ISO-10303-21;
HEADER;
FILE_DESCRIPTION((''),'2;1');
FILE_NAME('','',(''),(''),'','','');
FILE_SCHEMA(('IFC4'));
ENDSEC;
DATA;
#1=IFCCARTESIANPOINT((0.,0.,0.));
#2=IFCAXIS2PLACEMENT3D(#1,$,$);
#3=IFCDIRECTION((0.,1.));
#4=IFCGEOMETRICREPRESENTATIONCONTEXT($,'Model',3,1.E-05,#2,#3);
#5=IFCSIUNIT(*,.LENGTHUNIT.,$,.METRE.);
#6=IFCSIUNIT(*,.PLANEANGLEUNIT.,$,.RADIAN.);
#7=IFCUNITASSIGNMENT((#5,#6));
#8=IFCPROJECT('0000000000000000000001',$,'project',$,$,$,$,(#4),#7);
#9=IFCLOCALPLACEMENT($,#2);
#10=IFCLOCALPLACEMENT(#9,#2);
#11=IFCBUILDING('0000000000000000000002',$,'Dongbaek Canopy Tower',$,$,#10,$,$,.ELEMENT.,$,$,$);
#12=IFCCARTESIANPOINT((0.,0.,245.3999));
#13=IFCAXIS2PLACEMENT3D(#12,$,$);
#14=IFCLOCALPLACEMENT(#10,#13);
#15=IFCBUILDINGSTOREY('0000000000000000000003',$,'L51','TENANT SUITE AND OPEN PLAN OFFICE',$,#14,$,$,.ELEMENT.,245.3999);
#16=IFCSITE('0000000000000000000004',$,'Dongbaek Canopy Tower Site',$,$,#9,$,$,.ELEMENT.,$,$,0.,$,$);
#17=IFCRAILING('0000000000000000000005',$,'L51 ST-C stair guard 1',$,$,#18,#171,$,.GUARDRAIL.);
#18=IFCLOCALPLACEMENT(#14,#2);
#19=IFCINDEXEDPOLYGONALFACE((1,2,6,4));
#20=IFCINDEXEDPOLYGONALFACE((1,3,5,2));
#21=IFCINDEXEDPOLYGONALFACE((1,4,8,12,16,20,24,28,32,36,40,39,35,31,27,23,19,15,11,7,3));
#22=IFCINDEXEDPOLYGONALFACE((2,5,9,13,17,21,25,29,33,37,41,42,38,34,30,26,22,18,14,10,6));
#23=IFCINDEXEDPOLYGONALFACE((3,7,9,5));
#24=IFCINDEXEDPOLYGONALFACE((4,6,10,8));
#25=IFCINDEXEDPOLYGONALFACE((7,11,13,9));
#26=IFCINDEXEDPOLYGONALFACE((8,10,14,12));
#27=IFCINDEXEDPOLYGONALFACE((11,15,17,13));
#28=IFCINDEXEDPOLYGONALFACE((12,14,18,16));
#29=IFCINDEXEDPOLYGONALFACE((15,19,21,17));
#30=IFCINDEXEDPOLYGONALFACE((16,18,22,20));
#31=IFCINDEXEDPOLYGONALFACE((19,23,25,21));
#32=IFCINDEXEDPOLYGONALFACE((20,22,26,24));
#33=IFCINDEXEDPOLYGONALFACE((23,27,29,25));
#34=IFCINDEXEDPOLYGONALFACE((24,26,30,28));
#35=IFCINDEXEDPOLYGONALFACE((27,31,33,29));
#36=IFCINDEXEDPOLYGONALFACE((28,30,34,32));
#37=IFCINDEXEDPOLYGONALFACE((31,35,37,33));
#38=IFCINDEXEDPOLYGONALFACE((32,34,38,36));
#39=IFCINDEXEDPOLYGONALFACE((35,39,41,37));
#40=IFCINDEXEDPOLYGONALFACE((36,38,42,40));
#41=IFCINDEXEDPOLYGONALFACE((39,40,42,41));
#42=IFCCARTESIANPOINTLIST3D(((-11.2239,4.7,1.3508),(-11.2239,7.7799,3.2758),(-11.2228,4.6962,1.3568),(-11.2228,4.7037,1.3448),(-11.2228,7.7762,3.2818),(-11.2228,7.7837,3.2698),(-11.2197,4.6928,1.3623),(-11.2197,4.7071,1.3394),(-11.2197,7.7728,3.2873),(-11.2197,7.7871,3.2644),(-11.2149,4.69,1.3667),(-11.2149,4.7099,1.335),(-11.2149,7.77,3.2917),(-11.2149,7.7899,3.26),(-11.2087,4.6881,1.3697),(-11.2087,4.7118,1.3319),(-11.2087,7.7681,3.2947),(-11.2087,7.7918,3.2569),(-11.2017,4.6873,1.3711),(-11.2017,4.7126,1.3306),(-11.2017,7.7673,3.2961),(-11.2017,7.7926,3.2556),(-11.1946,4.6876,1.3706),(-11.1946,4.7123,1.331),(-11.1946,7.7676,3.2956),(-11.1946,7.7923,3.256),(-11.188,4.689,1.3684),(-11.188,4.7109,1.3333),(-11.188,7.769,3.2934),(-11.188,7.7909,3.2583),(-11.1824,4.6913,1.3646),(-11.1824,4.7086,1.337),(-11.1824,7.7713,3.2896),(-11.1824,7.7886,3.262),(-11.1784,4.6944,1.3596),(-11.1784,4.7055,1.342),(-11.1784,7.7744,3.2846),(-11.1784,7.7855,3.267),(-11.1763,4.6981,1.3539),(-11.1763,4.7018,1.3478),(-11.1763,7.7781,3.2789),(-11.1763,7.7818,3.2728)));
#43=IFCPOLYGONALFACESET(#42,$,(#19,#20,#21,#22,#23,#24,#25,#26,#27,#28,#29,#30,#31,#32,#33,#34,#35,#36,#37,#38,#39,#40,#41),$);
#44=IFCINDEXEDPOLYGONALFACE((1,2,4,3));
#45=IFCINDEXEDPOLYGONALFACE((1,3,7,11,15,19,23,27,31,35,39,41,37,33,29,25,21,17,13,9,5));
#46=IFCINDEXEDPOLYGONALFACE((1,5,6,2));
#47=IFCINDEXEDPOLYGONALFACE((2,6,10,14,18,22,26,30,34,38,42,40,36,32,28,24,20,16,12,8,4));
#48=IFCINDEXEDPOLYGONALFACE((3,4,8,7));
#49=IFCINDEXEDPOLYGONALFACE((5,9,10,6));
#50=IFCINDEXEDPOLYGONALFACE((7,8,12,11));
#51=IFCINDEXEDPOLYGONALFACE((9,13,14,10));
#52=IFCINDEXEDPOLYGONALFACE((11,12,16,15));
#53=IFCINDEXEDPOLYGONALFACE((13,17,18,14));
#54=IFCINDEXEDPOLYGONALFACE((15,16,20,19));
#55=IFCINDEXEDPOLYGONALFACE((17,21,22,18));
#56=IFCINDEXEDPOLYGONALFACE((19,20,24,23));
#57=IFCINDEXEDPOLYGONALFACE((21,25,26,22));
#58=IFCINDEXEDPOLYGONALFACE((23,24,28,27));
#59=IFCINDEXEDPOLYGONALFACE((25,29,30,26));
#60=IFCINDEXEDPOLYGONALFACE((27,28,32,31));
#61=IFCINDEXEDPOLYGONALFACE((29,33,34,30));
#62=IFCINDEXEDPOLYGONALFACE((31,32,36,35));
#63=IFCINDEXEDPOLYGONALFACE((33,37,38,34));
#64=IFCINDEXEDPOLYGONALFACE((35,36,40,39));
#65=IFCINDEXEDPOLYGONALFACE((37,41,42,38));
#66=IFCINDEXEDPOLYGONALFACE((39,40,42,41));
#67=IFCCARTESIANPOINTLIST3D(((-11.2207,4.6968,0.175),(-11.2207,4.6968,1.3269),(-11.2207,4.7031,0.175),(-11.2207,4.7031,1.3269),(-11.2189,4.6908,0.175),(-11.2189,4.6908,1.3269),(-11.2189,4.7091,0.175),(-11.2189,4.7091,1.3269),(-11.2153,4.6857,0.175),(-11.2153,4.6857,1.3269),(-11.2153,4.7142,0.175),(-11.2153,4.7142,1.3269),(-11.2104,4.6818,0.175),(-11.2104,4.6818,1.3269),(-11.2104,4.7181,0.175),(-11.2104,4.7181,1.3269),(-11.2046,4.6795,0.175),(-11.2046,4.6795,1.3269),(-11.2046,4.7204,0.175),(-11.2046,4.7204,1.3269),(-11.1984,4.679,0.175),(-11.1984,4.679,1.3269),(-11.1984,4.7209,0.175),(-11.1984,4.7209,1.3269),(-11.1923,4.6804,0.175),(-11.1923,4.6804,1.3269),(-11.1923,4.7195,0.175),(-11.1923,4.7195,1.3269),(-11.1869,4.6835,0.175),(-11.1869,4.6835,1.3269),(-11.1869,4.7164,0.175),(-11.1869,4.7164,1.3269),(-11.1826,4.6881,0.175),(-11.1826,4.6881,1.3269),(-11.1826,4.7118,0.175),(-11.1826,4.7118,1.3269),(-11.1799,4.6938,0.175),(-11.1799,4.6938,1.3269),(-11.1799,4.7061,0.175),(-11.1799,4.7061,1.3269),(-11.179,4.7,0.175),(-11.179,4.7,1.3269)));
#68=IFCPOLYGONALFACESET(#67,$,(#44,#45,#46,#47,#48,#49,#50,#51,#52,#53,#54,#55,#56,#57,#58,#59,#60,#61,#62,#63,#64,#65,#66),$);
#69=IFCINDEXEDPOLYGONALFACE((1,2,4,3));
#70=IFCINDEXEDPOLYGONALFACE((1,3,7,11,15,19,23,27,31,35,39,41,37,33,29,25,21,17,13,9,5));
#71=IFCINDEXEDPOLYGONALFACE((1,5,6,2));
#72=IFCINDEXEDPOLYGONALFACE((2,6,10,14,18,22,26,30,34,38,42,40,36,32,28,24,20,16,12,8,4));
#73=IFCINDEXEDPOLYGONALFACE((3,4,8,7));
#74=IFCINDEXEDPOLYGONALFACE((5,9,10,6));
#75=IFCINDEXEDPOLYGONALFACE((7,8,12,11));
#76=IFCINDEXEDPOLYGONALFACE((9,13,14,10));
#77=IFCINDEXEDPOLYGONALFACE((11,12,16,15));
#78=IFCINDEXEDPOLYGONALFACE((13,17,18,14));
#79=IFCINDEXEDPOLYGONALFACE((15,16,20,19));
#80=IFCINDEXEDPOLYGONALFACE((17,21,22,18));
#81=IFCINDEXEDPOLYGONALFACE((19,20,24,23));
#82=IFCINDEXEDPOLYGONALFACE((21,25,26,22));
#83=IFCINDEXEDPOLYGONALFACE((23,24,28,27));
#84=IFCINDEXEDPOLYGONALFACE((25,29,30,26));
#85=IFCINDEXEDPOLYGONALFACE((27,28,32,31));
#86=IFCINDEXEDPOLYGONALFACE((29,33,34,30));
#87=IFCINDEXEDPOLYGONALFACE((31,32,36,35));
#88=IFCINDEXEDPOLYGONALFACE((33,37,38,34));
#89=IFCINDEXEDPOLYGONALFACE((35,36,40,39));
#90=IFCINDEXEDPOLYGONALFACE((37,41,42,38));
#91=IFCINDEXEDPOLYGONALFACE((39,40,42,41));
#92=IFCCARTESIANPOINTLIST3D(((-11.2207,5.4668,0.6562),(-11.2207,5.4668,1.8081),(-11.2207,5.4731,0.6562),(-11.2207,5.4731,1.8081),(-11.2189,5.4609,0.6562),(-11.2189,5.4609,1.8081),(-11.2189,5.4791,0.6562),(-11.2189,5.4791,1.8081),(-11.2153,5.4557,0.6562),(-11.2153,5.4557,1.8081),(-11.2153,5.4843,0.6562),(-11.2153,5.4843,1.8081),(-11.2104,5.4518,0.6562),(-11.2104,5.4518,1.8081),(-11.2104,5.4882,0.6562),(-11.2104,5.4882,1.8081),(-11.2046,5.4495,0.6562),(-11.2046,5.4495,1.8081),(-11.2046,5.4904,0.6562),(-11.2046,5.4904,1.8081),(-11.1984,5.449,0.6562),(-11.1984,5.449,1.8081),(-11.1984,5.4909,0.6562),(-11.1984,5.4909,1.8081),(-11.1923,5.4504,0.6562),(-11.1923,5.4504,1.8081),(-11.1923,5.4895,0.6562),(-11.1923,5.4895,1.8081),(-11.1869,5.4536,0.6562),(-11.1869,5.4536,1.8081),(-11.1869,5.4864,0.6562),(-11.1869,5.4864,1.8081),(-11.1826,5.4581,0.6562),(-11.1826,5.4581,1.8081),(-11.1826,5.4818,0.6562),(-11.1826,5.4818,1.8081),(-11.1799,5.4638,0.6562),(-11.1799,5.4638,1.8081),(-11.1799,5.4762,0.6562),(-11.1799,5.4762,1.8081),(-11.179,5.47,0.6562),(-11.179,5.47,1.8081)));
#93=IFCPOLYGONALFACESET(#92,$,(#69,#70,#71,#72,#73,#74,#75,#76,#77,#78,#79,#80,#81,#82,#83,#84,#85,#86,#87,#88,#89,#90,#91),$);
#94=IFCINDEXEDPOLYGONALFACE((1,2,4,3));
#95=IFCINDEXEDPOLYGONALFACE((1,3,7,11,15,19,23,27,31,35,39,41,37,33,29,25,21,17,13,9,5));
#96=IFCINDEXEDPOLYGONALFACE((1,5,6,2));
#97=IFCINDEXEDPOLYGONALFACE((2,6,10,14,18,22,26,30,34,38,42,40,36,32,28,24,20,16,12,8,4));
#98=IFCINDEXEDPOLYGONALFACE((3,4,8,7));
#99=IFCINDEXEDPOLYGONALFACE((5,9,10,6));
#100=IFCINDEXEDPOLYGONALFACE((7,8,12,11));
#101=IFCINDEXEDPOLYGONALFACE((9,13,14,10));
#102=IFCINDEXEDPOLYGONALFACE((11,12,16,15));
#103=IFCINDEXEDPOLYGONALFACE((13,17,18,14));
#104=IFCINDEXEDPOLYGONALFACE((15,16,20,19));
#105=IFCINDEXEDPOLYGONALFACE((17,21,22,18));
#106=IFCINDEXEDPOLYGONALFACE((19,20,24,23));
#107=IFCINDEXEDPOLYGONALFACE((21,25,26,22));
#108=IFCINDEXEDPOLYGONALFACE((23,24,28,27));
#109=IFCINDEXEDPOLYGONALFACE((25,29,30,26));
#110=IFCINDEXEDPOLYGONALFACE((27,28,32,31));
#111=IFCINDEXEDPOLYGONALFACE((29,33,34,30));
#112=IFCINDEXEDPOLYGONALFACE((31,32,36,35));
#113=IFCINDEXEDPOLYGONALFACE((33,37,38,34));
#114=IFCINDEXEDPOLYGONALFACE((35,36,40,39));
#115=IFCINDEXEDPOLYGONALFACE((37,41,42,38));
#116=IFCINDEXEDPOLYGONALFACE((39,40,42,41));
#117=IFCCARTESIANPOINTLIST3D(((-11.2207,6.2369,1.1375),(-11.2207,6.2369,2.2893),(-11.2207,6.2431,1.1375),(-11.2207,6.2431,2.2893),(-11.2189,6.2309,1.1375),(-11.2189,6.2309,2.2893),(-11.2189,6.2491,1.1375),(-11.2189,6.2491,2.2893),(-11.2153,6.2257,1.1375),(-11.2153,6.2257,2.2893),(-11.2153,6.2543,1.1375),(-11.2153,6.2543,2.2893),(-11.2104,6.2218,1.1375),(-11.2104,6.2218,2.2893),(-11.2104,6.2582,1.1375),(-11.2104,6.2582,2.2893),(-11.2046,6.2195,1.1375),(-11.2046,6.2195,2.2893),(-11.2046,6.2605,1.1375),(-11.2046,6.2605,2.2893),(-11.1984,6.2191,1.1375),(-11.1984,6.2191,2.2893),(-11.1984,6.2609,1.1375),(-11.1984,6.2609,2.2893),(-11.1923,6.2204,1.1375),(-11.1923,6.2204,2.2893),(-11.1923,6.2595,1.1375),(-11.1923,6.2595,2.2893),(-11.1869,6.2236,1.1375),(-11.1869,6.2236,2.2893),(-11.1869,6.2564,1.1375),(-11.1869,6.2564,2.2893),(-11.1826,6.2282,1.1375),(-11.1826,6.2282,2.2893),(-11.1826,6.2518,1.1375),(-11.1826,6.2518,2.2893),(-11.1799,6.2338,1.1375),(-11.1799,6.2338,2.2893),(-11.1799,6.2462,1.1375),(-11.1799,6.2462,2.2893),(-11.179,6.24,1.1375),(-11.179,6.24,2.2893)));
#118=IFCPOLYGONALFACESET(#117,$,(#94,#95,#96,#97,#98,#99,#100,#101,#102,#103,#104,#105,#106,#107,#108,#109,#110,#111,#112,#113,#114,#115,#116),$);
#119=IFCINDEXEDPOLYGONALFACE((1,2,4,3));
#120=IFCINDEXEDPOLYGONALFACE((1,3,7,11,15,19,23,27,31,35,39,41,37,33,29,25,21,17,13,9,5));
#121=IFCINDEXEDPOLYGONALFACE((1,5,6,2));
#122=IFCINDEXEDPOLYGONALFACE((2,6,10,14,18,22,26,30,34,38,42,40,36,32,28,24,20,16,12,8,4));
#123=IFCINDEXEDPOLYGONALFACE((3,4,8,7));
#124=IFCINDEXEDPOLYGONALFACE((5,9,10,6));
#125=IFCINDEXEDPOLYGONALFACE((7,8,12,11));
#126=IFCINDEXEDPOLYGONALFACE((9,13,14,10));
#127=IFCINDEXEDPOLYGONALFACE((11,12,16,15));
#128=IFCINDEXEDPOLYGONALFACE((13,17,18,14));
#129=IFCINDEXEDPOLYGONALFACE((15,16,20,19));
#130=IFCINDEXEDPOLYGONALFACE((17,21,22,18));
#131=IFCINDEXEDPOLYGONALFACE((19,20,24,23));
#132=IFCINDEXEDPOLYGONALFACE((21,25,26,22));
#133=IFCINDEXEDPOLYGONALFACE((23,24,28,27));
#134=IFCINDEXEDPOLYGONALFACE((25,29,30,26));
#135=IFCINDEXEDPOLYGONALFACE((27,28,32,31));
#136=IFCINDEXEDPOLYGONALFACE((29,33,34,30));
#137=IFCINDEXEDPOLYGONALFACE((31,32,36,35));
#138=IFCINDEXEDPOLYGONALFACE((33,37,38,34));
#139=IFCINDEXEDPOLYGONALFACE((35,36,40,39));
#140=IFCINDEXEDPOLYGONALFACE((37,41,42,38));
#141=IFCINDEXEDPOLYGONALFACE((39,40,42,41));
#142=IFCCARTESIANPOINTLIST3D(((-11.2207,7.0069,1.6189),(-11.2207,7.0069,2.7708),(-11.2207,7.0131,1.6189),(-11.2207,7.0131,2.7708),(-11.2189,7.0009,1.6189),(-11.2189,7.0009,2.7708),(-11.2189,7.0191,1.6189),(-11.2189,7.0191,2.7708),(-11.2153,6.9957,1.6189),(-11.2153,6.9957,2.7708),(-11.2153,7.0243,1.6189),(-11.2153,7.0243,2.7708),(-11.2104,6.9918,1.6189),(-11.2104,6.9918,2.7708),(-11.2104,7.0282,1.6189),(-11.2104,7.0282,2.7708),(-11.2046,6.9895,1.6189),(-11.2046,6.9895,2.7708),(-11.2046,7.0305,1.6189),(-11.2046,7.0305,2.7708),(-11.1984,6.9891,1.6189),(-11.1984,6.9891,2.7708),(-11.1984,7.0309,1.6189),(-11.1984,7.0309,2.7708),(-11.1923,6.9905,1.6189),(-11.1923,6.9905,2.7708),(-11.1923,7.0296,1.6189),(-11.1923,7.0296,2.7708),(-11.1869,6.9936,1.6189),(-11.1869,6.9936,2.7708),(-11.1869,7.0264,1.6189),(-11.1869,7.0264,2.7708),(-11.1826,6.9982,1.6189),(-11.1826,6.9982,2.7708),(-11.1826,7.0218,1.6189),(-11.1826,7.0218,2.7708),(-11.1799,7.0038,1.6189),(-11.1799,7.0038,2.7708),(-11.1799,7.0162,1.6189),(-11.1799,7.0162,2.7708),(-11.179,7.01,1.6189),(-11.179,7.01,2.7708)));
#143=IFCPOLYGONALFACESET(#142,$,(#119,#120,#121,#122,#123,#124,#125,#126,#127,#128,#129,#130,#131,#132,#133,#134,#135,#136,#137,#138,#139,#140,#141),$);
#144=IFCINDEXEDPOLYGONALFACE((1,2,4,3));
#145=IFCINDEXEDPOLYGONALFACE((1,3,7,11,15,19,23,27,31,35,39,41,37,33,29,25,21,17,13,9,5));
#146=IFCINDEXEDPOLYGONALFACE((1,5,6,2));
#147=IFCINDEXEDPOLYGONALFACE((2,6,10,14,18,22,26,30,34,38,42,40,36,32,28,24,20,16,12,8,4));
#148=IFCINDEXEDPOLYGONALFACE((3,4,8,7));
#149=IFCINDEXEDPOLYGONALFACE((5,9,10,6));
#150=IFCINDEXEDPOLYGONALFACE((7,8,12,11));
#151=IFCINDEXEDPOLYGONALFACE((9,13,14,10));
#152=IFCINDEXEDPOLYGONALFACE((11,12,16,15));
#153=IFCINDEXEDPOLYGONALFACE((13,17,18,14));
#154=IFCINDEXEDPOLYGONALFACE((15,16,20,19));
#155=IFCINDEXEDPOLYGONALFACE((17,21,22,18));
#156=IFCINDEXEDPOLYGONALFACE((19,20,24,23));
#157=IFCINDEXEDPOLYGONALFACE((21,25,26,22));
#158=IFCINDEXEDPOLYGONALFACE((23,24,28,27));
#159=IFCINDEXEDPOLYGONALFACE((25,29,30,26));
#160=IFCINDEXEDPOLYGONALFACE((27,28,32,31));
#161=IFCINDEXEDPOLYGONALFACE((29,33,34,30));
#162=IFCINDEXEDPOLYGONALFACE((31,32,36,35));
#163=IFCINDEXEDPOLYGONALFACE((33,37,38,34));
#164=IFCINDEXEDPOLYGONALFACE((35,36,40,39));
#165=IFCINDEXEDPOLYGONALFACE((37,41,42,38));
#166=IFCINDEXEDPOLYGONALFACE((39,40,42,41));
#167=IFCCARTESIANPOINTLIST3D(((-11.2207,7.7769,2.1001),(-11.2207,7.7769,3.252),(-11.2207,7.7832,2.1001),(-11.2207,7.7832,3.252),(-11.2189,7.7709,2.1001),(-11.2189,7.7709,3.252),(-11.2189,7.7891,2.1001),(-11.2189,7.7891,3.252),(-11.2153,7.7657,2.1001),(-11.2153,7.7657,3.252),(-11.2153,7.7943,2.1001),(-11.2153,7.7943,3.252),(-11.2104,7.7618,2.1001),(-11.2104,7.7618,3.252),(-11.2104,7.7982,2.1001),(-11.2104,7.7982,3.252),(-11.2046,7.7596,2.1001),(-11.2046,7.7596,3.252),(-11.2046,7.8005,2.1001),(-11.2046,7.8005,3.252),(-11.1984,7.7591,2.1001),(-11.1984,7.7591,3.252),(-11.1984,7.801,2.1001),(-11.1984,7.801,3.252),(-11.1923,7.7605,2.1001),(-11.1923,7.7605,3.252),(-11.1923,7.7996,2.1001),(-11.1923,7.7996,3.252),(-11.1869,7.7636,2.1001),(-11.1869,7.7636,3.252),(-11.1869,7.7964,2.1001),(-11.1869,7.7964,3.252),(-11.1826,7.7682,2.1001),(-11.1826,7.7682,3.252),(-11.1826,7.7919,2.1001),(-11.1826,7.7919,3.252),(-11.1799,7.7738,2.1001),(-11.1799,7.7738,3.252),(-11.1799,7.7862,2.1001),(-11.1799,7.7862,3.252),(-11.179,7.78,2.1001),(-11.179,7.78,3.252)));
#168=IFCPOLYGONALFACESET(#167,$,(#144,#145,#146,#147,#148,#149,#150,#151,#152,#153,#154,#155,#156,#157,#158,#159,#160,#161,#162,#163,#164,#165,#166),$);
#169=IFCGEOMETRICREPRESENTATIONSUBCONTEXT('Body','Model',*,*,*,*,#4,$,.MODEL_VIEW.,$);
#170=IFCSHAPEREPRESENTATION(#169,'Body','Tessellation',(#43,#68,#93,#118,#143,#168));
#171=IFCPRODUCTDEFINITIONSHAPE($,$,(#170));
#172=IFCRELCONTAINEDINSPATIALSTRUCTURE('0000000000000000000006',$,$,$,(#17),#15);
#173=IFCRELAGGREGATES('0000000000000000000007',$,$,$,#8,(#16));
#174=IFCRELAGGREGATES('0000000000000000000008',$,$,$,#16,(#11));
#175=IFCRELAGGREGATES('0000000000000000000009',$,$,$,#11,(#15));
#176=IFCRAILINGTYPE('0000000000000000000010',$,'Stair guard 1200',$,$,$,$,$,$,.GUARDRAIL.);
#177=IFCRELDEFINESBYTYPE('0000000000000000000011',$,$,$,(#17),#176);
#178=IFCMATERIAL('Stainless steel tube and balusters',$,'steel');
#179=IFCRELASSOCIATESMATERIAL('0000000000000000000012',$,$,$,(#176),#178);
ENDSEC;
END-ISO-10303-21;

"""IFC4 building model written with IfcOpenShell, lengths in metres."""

from ifc_helpers import new_model, si_unit, direction, frame, origin, origin_2d, place, context, subcontext, project, spatial, circle, extrude, material, type_object, element, save


model = new_model("IFC4")

# Units and contexts
model_context = context("Model", 3, precision=1e-05, world=origin(), true_north=direction((0.0, 1.0)))
body_context = subcontext(model_context, "Body", "Model", "MODEL_VIEW")
ifc_project = project(units=[si_unit("LENGTHUNIT", "METRE"), si_unit("PLANEANGLEUNIT", "RADIAN")], contexts=[model_context])

# Site, building, storey
site_placement = place(None, origin())
site = spatial("IfcSite", under=ifc_project, at=site_placement, Name="Dongbaek Canopy Tower Site", CompositionType="ELEMENT", RefElevation=0.0)
building_placement = place(site_placement, origin())
building = spatial("IfcBuilding", under=site, at=building_placement, Name="Dongbaek Canopy Tower", CompositionType="ELEMENT")
storey_placement = place(building_placement, frame((0.0, 0.0, 245.3999)))
storey = spatial("IfcBuildingStorey", under=building, at=storey_placement, Name="L51", Description="TENANT SUITE AND OPEN PLAN OFFICE", CompositionType="ELEMENT", Elevation=245.3999)

# Railing
ifc_material_1 = material(Name="Stainless steel tube and balusters", Category="steel")
railing_type_1 = type_object("IfcRailingType", Name="Stair guard 1200", PredefinedType="GUARDRAIL", material=ifc_material_1)
railing_1_placement = place(storey_placement, frame((-11.2, 4.7, 0.175)))
element("IfcRailing", 1, at=railing_1_placement, inside=storey, type_object=railing_type_1, Name="L51 ST-C stair guard 1", PredefinedType="GUARDRAIL", context=body_context, shape_type="SweptSolid", body=[
    extrude(circle(Radius=0.0239, at=origin_2d()), frame((0.0, 0.0, 1.1758), z_axis=(0.0, 0.847998, 0.529999), x_axis=(-1.0, 0.0, 0.0)), (0.0, 0.0, 1.0), 3.6321),
    extrude(circle(Radius=0.021, at=origin_2d()), origin(), (0.0, 0.0, 1.0), 1.1519),
    extrude(circle(Radius=0.021, at=origin_2d()), frame((0.0, 0.77, 0.4812)), (0.0, 0.0, 1.0), 1.1519),
    extrude(circle(Radius=0.021, at=origin_2d()), frame((0.0, 1.54, 0.9624)), (0.0, 0.0, 1.0), 1.1519),
    extrude(circle(Radius=0.021, at=origin_2d()), frame((0.0, 2.3101, 1.4438)), (0.0, 0.0, 1.0), 1.1519),
    extrude(circle(Radius=0.021, at=origin_2d()), frame((0.0, 3.0801, 1.925)), (0.0, 0.0, 1.0), 1.1519),
])

save(model, "model.ifc")
